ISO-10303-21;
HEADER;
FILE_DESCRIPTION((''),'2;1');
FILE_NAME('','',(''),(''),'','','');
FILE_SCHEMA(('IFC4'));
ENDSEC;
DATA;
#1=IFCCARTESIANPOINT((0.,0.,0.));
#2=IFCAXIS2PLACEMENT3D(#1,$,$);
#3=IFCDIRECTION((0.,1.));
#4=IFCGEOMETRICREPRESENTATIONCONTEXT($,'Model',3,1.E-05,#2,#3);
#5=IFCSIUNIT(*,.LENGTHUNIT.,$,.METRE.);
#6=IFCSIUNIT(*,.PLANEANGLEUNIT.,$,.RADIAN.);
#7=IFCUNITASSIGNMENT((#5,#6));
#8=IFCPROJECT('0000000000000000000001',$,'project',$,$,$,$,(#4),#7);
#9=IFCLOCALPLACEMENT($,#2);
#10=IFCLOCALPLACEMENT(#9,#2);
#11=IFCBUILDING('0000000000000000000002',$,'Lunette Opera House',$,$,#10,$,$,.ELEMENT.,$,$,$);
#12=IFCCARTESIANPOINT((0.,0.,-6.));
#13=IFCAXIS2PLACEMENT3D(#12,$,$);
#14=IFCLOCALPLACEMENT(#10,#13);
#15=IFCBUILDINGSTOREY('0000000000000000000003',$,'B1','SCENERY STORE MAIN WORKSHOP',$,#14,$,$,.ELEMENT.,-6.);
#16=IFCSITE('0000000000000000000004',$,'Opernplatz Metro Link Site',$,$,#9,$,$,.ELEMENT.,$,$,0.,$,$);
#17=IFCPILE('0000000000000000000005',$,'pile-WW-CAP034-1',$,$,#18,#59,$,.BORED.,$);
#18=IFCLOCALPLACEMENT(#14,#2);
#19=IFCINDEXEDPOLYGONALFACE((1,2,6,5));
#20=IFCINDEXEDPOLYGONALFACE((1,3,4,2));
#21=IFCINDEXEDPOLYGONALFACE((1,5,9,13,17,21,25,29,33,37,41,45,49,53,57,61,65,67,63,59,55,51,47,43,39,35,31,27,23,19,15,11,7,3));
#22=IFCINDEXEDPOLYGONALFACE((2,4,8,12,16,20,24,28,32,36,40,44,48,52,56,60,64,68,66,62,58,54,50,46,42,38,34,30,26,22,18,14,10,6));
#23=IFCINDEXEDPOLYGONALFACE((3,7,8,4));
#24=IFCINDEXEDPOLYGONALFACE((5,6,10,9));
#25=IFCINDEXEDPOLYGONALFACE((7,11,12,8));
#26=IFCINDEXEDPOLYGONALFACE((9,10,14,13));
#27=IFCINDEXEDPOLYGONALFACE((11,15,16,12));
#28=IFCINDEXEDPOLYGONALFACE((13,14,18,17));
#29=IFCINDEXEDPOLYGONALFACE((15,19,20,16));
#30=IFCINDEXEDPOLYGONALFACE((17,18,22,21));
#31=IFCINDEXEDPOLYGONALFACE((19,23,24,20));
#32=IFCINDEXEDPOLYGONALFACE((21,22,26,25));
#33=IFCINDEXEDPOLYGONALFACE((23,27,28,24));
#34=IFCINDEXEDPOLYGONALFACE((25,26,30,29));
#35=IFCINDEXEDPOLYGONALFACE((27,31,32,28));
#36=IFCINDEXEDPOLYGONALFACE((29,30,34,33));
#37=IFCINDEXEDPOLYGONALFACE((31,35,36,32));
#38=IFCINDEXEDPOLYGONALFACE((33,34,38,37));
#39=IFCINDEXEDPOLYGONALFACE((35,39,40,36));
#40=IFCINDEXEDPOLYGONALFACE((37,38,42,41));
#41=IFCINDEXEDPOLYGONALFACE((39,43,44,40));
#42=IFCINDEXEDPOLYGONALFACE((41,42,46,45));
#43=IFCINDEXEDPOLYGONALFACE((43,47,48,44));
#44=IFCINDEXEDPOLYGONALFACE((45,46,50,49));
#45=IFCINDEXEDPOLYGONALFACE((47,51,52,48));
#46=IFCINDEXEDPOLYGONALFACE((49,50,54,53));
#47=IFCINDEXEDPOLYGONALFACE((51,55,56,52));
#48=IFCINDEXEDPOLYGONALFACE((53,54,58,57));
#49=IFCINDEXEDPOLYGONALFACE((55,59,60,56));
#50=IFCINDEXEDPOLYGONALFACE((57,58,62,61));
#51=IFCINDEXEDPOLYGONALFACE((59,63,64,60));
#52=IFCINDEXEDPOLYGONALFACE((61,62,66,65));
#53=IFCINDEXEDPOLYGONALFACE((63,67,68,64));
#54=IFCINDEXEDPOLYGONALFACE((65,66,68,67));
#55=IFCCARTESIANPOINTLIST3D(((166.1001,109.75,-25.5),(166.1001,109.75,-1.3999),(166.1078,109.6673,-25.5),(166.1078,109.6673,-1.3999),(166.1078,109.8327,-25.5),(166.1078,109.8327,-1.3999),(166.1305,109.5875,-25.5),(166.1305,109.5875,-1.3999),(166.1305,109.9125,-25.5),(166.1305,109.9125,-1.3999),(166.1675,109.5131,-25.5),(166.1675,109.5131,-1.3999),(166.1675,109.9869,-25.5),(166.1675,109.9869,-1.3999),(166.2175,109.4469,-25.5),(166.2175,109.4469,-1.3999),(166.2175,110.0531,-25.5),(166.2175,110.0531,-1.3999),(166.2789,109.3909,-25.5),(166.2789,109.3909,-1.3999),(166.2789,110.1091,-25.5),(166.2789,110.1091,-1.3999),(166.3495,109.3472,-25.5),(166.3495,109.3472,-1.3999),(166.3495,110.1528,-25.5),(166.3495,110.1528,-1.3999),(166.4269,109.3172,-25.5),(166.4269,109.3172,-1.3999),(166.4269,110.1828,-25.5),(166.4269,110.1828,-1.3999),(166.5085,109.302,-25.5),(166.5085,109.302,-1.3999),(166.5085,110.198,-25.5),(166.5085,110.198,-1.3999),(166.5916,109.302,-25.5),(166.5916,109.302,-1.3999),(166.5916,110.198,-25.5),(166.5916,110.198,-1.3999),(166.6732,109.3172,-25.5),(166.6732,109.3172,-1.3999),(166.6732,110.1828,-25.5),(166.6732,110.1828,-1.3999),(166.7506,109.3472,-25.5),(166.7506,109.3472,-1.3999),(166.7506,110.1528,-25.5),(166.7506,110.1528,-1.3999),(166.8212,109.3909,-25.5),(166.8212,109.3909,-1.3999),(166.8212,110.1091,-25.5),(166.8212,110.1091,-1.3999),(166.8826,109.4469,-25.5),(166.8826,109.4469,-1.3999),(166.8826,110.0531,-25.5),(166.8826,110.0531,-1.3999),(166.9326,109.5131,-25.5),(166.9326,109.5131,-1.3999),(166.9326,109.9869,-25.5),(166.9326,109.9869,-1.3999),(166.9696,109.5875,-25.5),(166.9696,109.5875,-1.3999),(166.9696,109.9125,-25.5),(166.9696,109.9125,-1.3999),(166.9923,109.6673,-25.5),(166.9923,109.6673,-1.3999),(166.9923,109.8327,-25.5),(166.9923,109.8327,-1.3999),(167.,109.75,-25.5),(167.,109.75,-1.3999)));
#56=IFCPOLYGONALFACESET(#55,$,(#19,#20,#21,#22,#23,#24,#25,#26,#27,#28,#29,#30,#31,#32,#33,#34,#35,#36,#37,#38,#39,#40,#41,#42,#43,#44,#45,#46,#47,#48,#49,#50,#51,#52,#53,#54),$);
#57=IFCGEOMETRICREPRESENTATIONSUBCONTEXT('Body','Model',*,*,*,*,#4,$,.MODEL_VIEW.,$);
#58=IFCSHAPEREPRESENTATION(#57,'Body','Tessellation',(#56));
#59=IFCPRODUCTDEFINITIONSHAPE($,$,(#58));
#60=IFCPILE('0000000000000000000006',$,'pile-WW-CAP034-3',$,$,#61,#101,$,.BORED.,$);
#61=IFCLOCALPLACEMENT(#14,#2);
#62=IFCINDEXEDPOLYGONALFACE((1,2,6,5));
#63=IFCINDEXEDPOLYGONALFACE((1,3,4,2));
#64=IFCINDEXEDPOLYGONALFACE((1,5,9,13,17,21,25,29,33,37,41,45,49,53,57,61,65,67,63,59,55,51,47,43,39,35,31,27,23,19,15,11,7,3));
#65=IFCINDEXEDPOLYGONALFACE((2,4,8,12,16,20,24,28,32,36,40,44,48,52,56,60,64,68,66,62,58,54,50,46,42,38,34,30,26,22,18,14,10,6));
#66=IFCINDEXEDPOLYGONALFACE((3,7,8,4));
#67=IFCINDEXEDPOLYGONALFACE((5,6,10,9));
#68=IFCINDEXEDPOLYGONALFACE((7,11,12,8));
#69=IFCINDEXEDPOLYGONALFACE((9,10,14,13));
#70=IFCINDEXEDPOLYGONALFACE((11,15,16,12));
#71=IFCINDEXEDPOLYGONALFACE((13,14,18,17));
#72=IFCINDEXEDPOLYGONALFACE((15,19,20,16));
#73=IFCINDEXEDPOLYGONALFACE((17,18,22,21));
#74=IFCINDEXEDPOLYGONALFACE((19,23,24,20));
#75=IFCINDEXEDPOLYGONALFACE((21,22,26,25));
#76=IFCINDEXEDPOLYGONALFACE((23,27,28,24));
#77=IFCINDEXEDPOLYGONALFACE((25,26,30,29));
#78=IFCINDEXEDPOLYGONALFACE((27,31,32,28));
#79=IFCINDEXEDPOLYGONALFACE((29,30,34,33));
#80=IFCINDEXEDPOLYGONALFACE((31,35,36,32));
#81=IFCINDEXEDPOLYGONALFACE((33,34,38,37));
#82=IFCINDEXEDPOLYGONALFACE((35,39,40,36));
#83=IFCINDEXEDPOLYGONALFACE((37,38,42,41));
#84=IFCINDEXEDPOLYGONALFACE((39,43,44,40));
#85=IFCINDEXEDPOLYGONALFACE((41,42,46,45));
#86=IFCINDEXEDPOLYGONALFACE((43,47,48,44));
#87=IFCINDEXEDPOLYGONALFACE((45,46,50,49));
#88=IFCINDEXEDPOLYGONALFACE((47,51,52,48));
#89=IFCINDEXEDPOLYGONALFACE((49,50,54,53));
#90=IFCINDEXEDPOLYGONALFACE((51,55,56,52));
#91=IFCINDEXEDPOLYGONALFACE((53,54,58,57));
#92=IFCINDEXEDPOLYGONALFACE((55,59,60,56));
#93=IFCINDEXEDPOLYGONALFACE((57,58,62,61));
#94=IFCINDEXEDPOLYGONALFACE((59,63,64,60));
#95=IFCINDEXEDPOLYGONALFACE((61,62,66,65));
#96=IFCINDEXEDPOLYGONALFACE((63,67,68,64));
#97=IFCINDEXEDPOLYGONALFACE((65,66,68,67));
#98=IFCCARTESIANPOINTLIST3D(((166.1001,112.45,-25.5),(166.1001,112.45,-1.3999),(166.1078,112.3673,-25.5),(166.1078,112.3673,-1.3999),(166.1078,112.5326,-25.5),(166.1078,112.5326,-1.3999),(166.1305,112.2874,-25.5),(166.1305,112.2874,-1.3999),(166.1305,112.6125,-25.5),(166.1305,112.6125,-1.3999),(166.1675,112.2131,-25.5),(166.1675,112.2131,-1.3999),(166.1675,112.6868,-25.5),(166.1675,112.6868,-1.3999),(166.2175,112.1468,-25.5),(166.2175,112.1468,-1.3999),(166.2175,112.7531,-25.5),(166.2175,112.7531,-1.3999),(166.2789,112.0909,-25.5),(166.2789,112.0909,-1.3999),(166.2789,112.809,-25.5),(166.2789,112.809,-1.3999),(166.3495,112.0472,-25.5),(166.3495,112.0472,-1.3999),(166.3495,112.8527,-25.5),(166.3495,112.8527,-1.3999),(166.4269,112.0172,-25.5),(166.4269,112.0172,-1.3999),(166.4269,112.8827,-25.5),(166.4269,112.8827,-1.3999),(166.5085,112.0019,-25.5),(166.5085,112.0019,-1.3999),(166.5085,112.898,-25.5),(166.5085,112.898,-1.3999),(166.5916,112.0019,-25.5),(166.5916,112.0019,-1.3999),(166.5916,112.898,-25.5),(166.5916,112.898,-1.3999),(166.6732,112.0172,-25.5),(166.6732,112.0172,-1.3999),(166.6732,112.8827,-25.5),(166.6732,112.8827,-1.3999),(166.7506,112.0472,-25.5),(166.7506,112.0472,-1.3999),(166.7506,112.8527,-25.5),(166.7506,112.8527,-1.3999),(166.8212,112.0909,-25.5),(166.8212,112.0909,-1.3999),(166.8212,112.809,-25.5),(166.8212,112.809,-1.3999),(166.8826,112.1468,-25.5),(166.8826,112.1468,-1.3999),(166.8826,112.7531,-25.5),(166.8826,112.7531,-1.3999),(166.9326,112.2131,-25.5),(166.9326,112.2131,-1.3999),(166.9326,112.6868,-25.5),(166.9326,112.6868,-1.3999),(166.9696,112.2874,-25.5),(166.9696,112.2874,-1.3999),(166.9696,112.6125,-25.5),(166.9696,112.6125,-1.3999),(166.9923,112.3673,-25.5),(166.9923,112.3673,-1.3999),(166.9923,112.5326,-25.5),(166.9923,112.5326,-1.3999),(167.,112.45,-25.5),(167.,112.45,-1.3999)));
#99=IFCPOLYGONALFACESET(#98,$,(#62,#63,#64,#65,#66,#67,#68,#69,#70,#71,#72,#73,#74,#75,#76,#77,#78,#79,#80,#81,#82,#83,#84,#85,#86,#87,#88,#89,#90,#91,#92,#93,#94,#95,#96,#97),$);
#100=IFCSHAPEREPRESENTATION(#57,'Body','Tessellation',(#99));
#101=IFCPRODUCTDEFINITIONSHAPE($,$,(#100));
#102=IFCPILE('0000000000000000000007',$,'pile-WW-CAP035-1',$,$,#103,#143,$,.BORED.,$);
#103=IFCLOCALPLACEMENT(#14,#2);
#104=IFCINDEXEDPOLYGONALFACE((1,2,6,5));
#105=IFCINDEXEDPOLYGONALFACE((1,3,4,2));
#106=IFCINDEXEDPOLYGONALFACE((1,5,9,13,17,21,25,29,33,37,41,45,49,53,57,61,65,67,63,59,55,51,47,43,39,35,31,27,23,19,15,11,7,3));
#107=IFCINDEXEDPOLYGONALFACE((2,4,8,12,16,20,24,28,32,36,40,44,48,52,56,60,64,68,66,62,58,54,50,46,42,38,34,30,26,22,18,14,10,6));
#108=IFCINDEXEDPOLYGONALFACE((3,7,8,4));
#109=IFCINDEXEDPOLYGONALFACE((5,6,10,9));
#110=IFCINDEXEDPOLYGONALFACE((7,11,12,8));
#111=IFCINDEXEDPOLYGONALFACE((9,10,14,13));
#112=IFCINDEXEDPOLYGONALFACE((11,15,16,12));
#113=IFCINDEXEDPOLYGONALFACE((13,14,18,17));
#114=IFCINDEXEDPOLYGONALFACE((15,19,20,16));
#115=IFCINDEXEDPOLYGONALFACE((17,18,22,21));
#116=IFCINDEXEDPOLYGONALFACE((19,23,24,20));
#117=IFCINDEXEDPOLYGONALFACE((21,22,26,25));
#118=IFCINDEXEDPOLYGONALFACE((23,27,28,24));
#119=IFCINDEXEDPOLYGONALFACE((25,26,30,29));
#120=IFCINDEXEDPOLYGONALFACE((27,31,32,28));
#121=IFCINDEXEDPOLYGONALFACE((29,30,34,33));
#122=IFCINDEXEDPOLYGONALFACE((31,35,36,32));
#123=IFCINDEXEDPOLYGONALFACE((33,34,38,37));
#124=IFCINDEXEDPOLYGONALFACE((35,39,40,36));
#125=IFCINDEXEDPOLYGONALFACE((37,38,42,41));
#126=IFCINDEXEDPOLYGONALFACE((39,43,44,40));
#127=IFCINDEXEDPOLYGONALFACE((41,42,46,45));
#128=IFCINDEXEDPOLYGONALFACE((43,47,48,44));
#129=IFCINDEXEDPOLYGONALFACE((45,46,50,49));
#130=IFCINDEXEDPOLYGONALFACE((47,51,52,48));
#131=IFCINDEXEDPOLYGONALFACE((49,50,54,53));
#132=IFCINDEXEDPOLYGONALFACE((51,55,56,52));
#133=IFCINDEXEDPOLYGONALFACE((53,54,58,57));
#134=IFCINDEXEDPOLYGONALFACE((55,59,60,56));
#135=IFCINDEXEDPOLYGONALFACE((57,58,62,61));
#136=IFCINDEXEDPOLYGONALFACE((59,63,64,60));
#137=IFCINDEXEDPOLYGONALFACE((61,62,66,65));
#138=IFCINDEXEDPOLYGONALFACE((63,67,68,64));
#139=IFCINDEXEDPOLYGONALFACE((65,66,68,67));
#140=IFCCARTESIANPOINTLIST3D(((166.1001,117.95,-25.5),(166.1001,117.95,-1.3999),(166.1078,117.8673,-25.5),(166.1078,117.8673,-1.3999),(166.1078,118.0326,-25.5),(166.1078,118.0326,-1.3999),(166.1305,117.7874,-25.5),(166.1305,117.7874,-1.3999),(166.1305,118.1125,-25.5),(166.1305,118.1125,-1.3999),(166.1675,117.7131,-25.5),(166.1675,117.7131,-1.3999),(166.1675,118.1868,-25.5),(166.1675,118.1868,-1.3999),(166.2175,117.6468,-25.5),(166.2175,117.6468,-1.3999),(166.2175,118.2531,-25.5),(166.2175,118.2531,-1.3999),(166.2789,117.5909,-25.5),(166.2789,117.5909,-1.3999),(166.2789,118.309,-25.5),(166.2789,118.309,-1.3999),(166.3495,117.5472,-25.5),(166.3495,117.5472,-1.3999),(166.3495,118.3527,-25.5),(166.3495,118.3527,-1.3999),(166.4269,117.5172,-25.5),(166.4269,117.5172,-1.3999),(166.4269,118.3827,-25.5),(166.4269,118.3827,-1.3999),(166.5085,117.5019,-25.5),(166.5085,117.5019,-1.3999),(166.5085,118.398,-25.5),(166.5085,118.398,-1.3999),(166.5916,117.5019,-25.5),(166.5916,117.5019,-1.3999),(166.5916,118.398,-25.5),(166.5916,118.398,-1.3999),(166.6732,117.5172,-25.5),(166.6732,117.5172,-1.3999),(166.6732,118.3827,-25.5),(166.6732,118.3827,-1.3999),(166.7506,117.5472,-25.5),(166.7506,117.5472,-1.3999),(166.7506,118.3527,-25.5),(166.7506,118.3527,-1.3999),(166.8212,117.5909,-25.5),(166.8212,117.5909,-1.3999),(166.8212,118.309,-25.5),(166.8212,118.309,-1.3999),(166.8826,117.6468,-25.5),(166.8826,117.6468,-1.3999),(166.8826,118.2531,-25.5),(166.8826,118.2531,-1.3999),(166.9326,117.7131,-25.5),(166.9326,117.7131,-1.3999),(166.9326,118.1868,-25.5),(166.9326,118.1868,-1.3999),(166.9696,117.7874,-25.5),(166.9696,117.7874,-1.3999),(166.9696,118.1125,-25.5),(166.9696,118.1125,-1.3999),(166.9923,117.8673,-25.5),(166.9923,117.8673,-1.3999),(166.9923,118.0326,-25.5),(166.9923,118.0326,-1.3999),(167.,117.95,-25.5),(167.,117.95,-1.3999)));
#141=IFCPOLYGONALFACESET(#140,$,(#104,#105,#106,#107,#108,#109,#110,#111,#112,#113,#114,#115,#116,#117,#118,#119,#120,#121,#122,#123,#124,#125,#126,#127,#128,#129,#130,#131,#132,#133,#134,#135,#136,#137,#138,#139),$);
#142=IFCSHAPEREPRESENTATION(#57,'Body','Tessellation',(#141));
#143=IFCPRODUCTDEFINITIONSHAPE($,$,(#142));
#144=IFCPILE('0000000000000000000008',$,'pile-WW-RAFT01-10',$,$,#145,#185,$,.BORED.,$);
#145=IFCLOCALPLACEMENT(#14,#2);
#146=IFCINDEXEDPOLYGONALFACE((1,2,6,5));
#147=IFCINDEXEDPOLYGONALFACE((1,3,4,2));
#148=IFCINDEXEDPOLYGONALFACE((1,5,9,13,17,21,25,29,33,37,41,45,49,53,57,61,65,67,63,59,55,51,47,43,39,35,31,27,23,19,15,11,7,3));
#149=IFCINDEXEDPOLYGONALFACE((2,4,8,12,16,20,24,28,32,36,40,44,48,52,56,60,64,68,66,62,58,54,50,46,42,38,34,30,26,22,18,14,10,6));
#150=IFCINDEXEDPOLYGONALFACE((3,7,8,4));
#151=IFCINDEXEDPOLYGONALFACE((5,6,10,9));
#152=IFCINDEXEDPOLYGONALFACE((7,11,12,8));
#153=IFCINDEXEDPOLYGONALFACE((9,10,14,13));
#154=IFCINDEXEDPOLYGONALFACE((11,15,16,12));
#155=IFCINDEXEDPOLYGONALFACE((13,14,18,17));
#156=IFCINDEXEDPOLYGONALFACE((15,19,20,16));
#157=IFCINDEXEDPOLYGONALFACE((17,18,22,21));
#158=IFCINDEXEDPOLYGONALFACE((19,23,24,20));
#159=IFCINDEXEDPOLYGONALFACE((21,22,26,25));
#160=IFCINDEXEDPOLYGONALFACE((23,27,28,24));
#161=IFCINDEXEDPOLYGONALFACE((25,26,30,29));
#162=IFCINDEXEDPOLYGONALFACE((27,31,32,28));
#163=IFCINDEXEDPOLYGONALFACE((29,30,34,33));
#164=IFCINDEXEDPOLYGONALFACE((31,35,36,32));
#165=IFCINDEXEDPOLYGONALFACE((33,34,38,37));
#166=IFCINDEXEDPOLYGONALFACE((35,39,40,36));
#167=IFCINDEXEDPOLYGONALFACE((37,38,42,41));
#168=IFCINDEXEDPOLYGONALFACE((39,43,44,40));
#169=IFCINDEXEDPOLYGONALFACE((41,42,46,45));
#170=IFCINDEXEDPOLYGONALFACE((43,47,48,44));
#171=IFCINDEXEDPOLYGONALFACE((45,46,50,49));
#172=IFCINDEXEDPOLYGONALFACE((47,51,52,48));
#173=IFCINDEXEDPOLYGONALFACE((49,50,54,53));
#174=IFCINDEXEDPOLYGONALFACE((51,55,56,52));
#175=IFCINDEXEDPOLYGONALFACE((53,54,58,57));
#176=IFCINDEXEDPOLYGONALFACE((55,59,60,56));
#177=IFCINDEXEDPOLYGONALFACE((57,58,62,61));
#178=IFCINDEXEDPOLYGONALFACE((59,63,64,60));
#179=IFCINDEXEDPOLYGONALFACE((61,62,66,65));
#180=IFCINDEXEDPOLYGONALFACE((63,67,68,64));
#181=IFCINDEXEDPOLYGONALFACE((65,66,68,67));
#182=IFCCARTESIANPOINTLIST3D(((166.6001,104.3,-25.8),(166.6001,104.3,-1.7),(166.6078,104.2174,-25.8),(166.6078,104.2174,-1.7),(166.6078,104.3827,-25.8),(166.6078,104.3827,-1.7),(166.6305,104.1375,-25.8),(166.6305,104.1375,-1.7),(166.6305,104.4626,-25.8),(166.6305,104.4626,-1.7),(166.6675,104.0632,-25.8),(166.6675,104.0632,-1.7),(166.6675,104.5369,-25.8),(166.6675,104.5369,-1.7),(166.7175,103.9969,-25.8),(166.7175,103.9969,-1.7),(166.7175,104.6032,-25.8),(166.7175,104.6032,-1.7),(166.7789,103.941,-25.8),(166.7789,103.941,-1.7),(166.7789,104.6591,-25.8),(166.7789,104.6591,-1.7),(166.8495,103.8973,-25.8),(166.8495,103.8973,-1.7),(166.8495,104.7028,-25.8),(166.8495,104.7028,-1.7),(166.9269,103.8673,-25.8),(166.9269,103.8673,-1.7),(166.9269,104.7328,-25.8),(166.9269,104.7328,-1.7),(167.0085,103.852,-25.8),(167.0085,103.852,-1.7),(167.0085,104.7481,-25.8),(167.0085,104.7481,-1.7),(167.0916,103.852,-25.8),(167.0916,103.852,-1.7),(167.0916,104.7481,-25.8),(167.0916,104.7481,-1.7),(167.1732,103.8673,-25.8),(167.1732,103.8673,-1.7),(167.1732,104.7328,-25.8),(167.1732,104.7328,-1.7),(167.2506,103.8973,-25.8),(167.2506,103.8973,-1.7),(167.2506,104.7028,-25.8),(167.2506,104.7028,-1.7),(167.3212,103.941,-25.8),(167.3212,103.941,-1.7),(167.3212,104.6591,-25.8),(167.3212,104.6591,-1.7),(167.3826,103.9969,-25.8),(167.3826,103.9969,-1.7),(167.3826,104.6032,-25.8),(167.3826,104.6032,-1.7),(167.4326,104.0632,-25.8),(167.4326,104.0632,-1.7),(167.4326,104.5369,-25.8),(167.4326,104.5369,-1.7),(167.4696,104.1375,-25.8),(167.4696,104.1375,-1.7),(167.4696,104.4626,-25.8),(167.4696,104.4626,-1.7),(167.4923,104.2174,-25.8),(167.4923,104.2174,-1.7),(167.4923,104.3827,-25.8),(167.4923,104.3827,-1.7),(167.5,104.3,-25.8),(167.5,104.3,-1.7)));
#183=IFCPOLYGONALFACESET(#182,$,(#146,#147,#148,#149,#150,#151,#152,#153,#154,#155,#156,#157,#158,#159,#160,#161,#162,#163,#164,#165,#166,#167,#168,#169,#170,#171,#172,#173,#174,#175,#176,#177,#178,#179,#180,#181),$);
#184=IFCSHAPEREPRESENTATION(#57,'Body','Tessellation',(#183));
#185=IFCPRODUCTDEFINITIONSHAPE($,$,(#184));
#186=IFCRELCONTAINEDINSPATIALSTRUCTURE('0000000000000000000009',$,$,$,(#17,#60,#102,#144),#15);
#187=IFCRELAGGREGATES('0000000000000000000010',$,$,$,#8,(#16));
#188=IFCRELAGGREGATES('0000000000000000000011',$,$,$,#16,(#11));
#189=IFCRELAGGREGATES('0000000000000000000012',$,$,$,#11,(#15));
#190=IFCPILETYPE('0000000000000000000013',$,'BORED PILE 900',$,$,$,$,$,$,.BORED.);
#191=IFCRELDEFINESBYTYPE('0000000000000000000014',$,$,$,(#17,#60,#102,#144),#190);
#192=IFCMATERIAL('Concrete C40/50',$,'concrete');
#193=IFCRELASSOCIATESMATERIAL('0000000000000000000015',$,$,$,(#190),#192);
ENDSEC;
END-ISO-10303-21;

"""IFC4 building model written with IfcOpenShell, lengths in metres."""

from ifc_helpers import new_model, si_unit, direction, frame, origin, origin_2d, place, context, subcontext, project, spatial, circle, extrude, material, material_profile, profile_set, type_object, element, save


model = new_model("IFC4")

# Units and contexts
model_context = context("Model", 3, precision=1e-05, world=origin(), true_north=direction((0.0, 1.0)))
body_context = subcontext(model_context, "Body", "Model", "MODEL_VIEW")
ifc_project = project(units=[si_unit("LENGTHUNIT", "METRE"), si_unit("PLANEANGLEUNIT", "RADIAN")], contexts=[model_context])

# Site, building, storey
site_placement = place(None, origin())
site = spatial("IfcSite", under=ifc_project, at=site_placement, Name="Opernplatz Metro Link Site", CompositionType="ELEMENT", RefElevation=0.0)
building_placement = place(site_placement, origin())
building = spatial("IfcBuilding", under=site, at=building_placement, Name="Lunette Opera House", CompositionType="ELEMENT")
storey_placement = place(building_placement, frame((0.0, 0.0, -6.0)))
storey = spatial("IfcBuildingStorey", under=building, at=storey_placement, Name="B1", Description="SCENERY STORE MAIN WORKSHOP", CompositionType="ELEMENT", Elevation=-6.0)

# Piles
ifc_material_1 = material(Name="Concrete C40/50", Category="concrete")
ifc_material_profile_1 = material_profile(ifc_material_1, circle(Radius=0.45, at=origin_2d()), Name="BORED PILE 900")
ifc_profile_set_1 = profile_set([ifc_material_profile_1], Name="Concrete C40/50")
pile_type = type_object("IfcPileType", Name="BORED PILE 900", PredefinedType="BORED", material=ifc_profile_set_1)
for number, where, z_axis, x_axis, name in (
    (1, (166.55, 109.75, -1.3999), (0.0, 0.0, -1.0), (1.0, 0.0, 0.0), "pile-WW-CAP034-1"),
    (2, (166.55, 112.45, -1.3999), (0.0, 0.0, -1.0), (1.0, 0.0, 0.0), "pile-WW-CAP034-3"),
    (3, (166.55, 117.95, -1.3999), (0.0, 0.0, -1.0), (1.0, 0.0, 0.0), "pile-WW-CAP035-1"),
    (4, (167.05, 104.3, -1.7), (0.0, 0.0, -1.0), (1.0, 0.0, 0.0), "pile-WW-RAFT01-10"),
):
    element("IfcPile", number, at=place(storey_placement, frame(where, z_axis=z_axis, x_axis=x_axis)), inside=storey, type_object=pile_type, Name=name, PredefinedType="BORED", context=body_context, shape_type="SweptSolid", body=[
        extrude(circle(Radius=0.45, at=origin_2d()), origin(), (0.0, 0.0, 1.0), 24.1001),
    ])

save(model, "model.ifc")
